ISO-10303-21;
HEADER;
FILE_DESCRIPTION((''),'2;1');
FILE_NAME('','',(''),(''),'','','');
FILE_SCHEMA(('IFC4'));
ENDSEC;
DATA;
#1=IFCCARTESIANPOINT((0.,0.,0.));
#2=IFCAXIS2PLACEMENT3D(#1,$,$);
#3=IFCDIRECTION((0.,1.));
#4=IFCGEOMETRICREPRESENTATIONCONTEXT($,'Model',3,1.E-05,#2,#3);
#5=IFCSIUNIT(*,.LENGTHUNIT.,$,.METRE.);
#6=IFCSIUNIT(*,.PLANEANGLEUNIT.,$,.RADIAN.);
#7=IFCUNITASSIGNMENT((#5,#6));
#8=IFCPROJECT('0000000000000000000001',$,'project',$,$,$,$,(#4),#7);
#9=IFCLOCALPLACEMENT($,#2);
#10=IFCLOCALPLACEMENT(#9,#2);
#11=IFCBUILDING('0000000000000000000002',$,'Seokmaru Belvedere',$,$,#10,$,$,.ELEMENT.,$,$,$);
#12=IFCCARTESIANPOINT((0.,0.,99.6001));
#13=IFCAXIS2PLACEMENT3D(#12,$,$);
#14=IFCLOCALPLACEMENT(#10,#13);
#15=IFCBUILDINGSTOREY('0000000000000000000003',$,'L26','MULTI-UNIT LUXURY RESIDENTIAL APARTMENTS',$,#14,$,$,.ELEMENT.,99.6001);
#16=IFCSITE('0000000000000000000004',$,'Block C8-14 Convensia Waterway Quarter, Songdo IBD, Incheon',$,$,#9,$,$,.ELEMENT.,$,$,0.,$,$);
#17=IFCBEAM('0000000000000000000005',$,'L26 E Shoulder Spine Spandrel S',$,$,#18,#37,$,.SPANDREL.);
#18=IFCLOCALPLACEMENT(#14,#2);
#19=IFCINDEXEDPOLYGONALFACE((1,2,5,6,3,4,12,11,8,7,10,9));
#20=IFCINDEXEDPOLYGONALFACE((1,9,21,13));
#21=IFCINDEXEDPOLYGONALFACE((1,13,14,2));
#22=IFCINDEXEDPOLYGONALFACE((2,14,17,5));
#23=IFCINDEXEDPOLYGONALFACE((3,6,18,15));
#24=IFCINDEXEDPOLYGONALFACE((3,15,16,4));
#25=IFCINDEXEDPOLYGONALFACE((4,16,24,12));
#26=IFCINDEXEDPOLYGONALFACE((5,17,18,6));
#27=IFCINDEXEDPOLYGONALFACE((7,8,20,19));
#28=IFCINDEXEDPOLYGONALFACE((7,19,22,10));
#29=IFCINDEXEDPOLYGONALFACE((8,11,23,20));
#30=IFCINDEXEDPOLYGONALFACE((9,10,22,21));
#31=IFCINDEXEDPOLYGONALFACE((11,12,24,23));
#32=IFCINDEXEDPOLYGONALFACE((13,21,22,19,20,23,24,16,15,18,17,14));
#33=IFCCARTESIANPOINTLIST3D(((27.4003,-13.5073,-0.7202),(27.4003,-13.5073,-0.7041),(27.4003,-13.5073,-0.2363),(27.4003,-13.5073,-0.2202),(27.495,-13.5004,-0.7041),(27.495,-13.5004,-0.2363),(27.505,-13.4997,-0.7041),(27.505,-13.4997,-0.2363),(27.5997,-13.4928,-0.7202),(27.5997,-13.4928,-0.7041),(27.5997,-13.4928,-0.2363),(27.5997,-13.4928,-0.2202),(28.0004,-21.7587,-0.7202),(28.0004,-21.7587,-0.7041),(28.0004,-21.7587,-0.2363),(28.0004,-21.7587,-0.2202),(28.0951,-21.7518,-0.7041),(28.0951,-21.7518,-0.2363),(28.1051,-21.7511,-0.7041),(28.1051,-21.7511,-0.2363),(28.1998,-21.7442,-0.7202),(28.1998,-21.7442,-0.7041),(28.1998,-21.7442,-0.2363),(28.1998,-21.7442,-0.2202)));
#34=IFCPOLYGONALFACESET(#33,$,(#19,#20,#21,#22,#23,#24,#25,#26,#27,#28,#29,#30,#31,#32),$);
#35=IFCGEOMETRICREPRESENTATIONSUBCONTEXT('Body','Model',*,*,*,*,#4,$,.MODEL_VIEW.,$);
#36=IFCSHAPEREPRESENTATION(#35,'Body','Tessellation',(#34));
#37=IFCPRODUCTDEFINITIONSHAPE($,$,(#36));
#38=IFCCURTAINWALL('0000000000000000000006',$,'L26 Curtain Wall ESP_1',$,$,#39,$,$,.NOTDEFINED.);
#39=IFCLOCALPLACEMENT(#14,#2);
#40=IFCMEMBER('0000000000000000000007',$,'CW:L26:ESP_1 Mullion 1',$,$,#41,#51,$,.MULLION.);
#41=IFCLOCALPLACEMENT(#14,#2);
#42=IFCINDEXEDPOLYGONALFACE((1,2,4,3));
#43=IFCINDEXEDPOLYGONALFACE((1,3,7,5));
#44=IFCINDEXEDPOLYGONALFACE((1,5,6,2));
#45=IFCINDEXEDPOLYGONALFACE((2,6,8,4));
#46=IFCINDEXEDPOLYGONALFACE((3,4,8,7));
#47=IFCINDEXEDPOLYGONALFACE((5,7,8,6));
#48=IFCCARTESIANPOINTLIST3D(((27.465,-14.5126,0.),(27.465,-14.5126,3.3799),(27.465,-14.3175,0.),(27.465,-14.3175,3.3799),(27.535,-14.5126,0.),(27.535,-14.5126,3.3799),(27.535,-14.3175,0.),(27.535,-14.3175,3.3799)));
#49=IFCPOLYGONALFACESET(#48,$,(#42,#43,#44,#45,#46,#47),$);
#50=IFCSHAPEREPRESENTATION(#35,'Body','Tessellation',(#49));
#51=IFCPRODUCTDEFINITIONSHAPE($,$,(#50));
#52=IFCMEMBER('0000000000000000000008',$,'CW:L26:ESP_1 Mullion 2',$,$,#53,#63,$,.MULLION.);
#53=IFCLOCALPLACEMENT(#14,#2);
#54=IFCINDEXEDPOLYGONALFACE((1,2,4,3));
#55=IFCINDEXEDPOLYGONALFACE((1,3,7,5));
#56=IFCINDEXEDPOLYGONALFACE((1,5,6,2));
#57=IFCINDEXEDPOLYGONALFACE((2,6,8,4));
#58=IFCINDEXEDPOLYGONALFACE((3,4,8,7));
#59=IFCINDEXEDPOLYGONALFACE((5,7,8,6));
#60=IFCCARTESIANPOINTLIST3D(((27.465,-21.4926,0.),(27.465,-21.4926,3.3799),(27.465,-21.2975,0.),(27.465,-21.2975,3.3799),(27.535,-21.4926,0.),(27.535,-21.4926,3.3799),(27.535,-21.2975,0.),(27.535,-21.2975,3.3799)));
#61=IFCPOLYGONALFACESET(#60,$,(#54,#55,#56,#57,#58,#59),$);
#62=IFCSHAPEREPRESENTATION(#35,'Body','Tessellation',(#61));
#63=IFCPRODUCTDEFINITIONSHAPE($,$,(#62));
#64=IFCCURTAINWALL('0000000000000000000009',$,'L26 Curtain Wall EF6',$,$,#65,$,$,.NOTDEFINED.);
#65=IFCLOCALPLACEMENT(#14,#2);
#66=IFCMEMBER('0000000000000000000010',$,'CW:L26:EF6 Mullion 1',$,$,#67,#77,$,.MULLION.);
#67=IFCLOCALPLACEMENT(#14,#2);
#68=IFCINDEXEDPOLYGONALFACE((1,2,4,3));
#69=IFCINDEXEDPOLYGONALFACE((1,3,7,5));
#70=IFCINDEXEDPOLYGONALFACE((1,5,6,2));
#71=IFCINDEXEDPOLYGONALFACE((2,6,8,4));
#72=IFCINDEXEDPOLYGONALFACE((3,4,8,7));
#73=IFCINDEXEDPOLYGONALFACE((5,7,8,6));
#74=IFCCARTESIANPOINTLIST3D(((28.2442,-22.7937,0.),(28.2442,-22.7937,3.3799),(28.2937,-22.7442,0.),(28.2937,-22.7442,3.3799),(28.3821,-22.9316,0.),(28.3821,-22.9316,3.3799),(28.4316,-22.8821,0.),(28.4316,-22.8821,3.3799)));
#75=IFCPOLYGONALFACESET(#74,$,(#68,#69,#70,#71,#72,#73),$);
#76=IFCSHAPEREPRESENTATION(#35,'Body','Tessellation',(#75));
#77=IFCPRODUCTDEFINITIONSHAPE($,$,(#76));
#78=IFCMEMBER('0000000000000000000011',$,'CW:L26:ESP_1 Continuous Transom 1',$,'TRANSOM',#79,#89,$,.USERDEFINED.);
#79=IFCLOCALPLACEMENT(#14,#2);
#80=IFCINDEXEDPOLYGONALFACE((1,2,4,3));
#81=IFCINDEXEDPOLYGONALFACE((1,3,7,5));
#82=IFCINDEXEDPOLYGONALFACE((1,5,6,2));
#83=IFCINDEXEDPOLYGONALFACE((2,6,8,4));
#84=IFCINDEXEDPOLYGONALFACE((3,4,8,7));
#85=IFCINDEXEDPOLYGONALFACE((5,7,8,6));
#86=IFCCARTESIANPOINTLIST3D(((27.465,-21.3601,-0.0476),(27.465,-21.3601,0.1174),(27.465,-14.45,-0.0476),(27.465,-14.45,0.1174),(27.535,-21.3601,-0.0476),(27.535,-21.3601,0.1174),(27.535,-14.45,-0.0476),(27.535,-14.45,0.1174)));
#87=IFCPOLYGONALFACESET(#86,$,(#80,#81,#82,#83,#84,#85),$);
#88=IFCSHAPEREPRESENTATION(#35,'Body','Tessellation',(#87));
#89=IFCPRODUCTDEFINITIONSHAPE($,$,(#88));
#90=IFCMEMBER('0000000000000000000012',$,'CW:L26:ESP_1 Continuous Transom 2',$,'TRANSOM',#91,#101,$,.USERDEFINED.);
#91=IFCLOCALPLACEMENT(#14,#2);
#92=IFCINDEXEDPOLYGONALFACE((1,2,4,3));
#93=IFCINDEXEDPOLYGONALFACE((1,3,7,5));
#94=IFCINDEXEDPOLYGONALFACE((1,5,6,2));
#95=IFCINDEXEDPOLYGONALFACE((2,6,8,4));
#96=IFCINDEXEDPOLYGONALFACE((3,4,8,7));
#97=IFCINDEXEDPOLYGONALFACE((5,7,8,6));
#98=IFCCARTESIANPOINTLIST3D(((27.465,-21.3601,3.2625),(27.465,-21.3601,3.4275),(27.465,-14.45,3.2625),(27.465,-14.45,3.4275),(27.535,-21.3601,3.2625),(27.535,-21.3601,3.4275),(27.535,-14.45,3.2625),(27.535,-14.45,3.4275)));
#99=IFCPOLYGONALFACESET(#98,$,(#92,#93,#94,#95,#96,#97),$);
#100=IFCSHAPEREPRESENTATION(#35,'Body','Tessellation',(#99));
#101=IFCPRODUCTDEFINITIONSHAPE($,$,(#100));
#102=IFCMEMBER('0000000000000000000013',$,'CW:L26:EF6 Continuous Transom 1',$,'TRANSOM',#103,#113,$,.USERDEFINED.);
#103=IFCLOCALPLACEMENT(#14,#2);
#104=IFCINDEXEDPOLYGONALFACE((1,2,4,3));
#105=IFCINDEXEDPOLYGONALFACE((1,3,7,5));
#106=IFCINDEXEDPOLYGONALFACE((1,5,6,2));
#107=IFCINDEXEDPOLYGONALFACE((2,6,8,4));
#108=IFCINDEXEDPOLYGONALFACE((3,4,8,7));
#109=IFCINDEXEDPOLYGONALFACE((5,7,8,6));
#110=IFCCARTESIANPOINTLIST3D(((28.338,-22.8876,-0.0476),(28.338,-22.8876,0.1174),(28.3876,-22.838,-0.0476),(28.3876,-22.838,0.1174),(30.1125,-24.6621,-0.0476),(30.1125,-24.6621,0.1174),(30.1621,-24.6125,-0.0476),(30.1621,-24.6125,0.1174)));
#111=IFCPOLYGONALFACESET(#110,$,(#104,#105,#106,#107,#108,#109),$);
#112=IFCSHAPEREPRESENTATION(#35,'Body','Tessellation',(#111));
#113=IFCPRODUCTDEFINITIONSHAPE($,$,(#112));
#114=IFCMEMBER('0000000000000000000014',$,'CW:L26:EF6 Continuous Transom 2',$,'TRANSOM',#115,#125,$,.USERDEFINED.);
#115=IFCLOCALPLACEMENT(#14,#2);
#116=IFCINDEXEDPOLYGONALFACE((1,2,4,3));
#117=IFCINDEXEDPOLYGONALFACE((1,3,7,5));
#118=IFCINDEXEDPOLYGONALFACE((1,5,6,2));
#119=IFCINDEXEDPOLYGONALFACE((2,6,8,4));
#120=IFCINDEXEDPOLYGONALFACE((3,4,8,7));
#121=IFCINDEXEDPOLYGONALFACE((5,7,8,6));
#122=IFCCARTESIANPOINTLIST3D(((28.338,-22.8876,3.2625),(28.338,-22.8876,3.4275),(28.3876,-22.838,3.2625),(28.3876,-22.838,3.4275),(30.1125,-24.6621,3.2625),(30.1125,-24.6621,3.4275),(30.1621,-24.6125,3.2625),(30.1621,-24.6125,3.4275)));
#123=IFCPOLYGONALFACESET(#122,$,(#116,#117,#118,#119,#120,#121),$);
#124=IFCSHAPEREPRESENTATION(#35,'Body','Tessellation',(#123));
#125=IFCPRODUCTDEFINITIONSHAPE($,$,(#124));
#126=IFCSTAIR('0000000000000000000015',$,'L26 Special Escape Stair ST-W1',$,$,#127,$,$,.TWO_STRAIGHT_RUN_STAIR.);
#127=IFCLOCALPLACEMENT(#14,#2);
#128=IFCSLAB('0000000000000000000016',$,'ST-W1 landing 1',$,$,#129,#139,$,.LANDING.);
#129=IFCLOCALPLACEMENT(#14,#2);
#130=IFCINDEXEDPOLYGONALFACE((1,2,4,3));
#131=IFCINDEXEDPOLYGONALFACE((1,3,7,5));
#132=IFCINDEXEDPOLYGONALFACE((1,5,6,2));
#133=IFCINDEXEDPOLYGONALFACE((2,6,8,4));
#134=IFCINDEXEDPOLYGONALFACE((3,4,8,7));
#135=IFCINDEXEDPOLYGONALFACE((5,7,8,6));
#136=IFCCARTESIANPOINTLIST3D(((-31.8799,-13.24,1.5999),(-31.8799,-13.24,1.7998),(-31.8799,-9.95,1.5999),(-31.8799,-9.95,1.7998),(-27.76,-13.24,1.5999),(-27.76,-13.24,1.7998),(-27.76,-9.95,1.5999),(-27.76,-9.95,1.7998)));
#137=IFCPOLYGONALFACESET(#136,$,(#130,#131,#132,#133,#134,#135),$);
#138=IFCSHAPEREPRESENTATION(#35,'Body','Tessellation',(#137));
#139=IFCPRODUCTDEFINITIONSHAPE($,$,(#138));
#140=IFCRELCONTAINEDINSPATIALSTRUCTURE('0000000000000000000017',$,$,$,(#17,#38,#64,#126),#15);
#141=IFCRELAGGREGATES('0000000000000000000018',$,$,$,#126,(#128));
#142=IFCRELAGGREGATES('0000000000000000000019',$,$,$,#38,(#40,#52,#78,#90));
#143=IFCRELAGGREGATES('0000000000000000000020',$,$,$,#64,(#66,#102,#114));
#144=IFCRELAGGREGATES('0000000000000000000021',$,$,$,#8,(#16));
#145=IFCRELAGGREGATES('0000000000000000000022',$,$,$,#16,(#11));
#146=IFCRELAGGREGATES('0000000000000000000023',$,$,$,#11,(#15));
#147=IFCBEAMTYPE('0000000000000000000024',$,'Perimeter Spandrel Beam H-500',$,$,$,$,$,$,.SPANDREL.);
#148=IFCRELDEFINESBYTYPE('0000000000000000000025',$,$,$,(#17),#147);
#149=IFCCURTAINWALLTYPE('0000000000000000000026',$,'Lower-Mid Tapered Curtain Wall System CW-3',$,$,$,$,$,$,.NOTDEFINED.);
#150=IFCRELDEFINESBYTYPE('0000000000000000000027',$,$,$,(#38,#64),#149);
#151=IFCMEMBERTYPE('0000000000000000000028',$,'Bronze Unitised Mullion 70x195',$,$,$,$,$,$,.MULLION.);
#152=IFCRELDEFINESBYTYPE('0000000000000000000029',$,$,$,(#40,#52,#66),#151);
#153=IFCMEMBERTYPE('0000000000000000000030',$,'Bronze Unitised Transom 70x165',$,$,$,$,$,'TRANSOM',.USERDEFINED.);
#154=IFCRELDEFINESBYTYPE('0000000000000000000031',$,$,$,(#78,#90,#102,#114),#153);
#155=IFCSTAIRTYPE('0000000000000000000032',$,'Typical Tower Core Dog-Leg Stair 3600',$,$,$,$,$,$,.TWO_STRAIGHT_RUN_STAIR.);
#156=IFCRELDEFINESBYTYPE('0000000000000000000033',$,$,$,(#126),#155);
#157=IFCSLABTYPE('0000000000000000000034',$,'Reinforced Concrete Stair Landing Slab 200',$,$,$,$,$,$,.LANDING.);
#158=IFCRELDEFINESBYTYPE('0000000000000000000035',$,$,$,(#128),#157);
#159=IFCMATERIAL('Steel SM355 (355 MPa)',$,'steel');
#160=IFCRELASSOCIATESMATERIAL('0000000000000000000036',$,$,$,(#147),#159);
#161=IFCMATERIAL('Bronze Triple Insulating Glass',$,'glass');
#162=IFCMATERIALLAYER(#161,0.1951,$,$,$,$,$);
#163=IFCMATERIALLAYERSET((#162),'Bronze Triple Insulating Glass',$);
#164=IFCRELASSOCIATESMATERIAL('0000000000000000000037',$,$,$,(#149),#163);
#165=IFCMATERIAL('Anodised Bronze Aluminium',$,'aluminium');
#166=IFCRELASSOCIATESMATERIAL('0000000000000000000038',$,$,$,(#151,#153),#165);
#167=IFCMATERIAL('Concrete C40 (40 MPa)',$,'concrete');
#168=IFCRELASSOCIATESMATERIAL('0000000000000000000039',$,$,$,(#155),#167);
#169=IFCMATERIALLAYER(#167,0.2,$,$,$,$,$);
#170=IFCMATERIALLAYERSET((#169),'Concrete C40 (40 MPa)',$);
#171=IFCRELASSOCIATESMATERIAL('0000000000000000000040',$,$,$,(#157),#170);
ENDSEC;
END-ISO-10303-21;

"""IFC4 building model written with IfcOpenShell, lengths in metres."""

from ifc_helpers import new_model, si_unit, direction, frame, origin, origin_2d, place, context, subcontext, project, spatial, polyline, rectangle, i_section, outline, extrude, source, transform, mapped, material, layer, layer_set, material_profile, profile_set, type_object, type_shapes, element, aggregate, save


model = new_model("IFC4")

# Units and contexts
model_context = context("Model", 3, precision=1e-05, world=origin(), true_north=direction((0.0, 1.0)))
body_context = subcontext(model_context, "Body", "Model", "MODEL_VIEW")
ifc_project = project(units=[si_unit("LENGTHUNIT", "METRE"), si_unit("PLANEANGLEUNIT", "RADIAN")], contexts=[model_context])

# Site, building, storey
site_placement = place(None, origin())
site = spatial("IfcSite", under=ifc_project, at=site_placement, Name="Block C8-14 Convensia Waterway Quarter, Songdo IBD, Incheon", CompositionType="ELEMENT", RefElevation=0.0)
building_placement = place(site_placement, origin())
building = spatial("IfcBuilding", under=site, at=building_placement, Name="Seokmaru Belvedere", CompositionType="ELEMENT")
storey_placement = place(building_placement, frame((0.0, 0.0, 99.6001)))
storey = spatial("IfcBuildingStorey", under=building, at=storey_placement, Name="L26", Description="MULTI-UNIT LUXURY RESIDENTIAL APARTMENTS", CompositionType="ELEMENT", Elevation=99.6001)

# Shared definitions
ifc_material_1 = material(Name="Steel SM355 (355 MPa)", Category="steel")

# Beam
ifc_material_profile_1 = material_profile(ifc_material_1, i_section(OverallWidth=0.2, OverallDepth=0.5, WebThickness=0.01, FlangeThickness=0.0161, at=origin_2d()), Name="H-500x200x10x16")
ifc_profile_set_1 = profile_set([ifc_material_profile_1], Name="Steel SM355 (355 MPa)")
beam_type_1 = type_object("IfcBeamType", Name="Perimeter Spandrel Beam H-500", PredefinedType="SPANDREL", material=ifc_profile_set_1)
shared_shape_1 = source(origin(), body_context, "Body", "SweptSolid", [
    extrude(i_section(OverallWidth=0.2, OverallDepth=0.5, WebThickness=0.01, FlangeThickness=0.0161, at=origin_2d()), origin(), (0.0, 0.0, 1.0), 8.2732),
])
beam_1_placement = place(storey_placement, frame((28.1001, -21.7515, -0.4702), z_axis=(-0.072535, 0.997366, 0.0), x_axis=(-0.997366, -0.072535, 0.0)))
element("IfcBeam", 1, at=beam_1_placement, inside=storey, type_object=beam_type_1, Name="L26 E Shoulder Spine Spandrel S", PredefinedType="SPANDREL", context=body_context, shape_type="MappedRepresentation", body=[
    mapped(shared_shape_1, transform((0.0, 0.0, 0.0), scale=1.0)),
])

# Curtain wall, members
ifc_material_2 = material(Name="Bronze Triple Insulating Glass", Category="glass")
ifc_layer_1 = layer(ifc_material_2, 0.1951)
ifc_layer_set_1 = layer_set([ifc_layer_1], Name="Bronze Triple Insulating Glass")
curtain_wall_type = type_object("IfcCurtainWallType", Name="Lower-Mid Tapered Curtain Wall System CW-3", PredefinedType="NOTDEFINED", material=ifc_layer_set_1)
curtain_wall_1_placement = place(storey_placement, origin())
curtain_wall_1 = element("IfcCurtainWall", 2, at=curtain_wall_1_placement, inside=storey, type_object=curtain_wall_type, Name="L26 Curtain Wall ESP_1", PredefinedType="NOTDEFINED")
ifc_material_3 = material(Name="Anodised Bronze Aluminium", Category="aluminium")
ifc_material_profile_2 = material_profile(ifc_material_3, rectangle(XDim=0.0701, YDim=0.1951, at=origin_2d()), Name="CW-M-70x195")
ifc_profile_set_2 = profile_set([ifc_material_profile_2], Name="Anodised Bronze Aluminium")
member_type_1 = type_object("IfcMemberType", Name="Bronze Unitised Mullion 70x195", PredefinedType="MULLION", material=ifc_profile_set_2)
shared_shape_2 = source(origin(), body_context, "Body", "SweptSolid", [
    extrude(rectangle(XDim=0.0701, YDim=0.1951, at=origin_2d()), origin(), (0.0, 0.0, 1.0), 3.3799),
])
type_shapes(member_type_1, [shared_shape_2])
member_1_placement = place(storey_placement, frame((27.5, -14.415, 0.0), z_axis=(0.0, 0.0, 1.0), x_axis=(1.0, 0.0, 0.0)))
member_1 = element("IfcMember", 3, at=member_1_placement, type_object=member_type_1, Name="CW:L26:ESP_1 Mullion 1", PredefinedType="MULLION", context=body_context, shape_type="MappedRepresentation", body=[
    mapped(shared_shape_2, transform((0.0, 0.0, 0.0), scale=1.0)),
])
member_2_placement = place(storey_placement, frame((27.5, -21.395, 0.0), z_axis=(0.0, 0.0, 1.0), x_axis=(1.0, 0.0, 0.0)))
member_2 = element("IfcMember", 4, at=member_2_placement, type_object=member_type_1, Name="CW:L26:ESP_1 Mullion 2", PredefinedType="MULLION", context=body_context, shape_type="MappedRepresentation", body=[
    mapped(shared_shape_2, transform((0.0, 0.0, 0.0), scale=1.0)),
])

# Curtain wall, member
curtain_wall_2_placement = place(storey_placement, origin())
curtain_wall_2 = element("IfcCurtainWall", 5, at=curtain_wall_2_placement, inside=storey, type_object=curtain_wall_type, Name="L26 Curtain Wall EF6", PredefinedType="NOTDEFINED")
member_3_placement = place(storey_placement, frame((28.3379, -22.8379, 0.0), z_axis=(0.0, 0.0, 1.0), x_axis=(0.707107, 0.707107, 0.0)))
member_3 = element("IfcMember", 6, at=member_3_placement, type_object=member_type_1, Name="CW:L26:EF6 Mullion 1", PredefinedType="MULLION", context=body_context, shape_type="MappedRepresentation", body=[
    mapped(shared_shape_2, transform((0.0, 0.0, 0.0), scale=1.0)),
])

# Members
ifc_material_profile_3 = material_profile(ifc_material_3, rectangle(XDim=0.0701, YDim=0.165, at=origin_2d()), Name="CW-T-70x165")
ifc_profile_set_3 = profile_set([ifc_material_profile_3], Name="Anodised Bronze Aluminium")
member_type_2 = type_object("IfcMemberType", Name="Bronze Unitised Transom 70x165", ElementType="TRANSOM", PredefinedType="USERDEFINED", material=ifc_profile_set_3)
shared_shape_3 = source(origin(), body_context, "Body", "SweptSolid", [
    extrude(rectangle(XDim=0.0701, YDim=0.165, at=origin_2d()), origin(), (0.0, 0.0, 1.0), 6.9102),
])
member_4_placement = place(storey_placement, frame((27.5, -14.45, 0.0349), z_axis=(0.0, -1.0, 0.0), x_axis=(1.0, 0.0, 0.0)))
member_4 = element("IfcMember", 7, at=member_4_placement, type_object=member_type_2, Name="CW:L26:ESP_1 Continuous Transom 1", ObjectType="TRANSOM", PredefinedType="USERDEFINED", context=body_context, shape_type="MappedRepresentation", body=[
    mapped(shared_shape_3, transform((0.0, 0.0, 0.0), scale=1.0)),
])
member_5_placement = place(storey_placement, frame((27.5, -14.45, 3.345), z_axis=(0.0, -1.0, 0.0), x_axis=(1.0, 0.0, 0.0)))
member_5 = element("IfcMember", 8, at=member_5_placement, type_object=member_type_2, Name="CW:L26:ESP_1 Continuous Transom 2", ObjectType="TRANSOM", PredefinedType="USERDEFINED", context=body_context, shape_type="MappedRepresentation", body=[
    mapped(shared_shape_3, transform((0.0, 0.0, 0.0), scale=1.0)),
])
shared_shape_4 = source(origin(), body_context, "Body", "SweptSolid", [
    extrude(rectangle(XDim=0.0701, YDim=0.165, at=origin_2d()), origin(), (0.0, 0.0, 1.0), 2.5095),
])
type_shapes(member_type_2, [shared_shape_3, shared_shape_4])
member_6_placement = place(storey_placement, frame((28.3628, -22.8628, 0.0349), z_axis=(0.707107, -0.707107, 0.0), x_axis=(0.707107, 0.707107, 0.0)))
member_6 = element("IfcMember", 9, at=member_6_placement, type_object=member_type_2, Name="CW:L26:EF6 Continuous Transom 1", ObjectType="TRANSOM", PredefinedType="USERDEFINED", context=body_context, shape_type="MappedRepresentation", body=[
    mapped(shared_shape_4, transform((0.0, 0.0, 0.0), scale=1.0)),
])
member_7_placement = place(storey_placement, frame((28.3628, -22.8628, 3.345), z_axis=(0.707107, -0.707107, 0.0), x_axis=(0.707107, 0.707107, 0.0)))
member_7 = element("IfcMember", 10, at=member_7_placement, type_object=member_type_2, Name="CW:L26:EF6 Continuous Transom 2", ObjectType="TRANSOM", PredefinedType="USERDEFINED", context=body_context, shape_type="MappedRepresentation", body=[
    mapped(shared_shape_4, transform((0.0, 0.0, 0.0), scale=1.0)),
])

# Stair, slab
ifc_material_4 = material(Name="Concrete C40 (40 MPa)", Category="concrete")
stair_type = type_object("IfcStairType", Name="Typical Tower Core Dog-Leg Stair 3600", PredefinedType="TWO_STRAIGHT_RUN_STAIR", material=ifc_material_4)
stair_placement = place(storey_placement, origin())
stair = element("IfcStair", 11, at=stair_placement, inside=storey, type_object=stair_type, Name="L26 Special Escape Stair ST-W1", PredefinedType="TWO_STRAIGHT_RUN_STAIR")
ifc_layer_2 = layer(ifc_material_4, 0.2)
ifc_layer_set_2 = layer_set([ifc_layer_2], Name="Concrete C40 (40 MPa)")
slab_type_1 = type_object("IfcSlabType", Name="Reinforced Concrete Stair Landing Slab 200", PredefinedType="LANDING", material=ifc_layer_set_2)
slab_1_placement = place(storey_placement, frame((0.0, 0.0, 1.5999)))
slab_1 = element("IfcSlab", 12, at=slab_1_placement, type_object=slab_type_1, Name="ST-W1 landing 1", PredefinedType="LANDING", context=body_context, shape_type="SweptSolid", body=[
    extrude(outline(polyline([(-31.8799, -13.24), (-27.76, -13.24), (-27.76, -9.95), (-31.8799, -9.95), (-31.8799, -13.24)])), origin(), (0.0, 0.0, 1.0), 0.2),
])
aggregate(stair, [slab_1])

aggregate(curtain_wall_1, [member_1, member_2, member_4, member_5])
aggregate(curtain_wall_2, [member_3, member_6, member_7])

save(model, "model.ifc")
